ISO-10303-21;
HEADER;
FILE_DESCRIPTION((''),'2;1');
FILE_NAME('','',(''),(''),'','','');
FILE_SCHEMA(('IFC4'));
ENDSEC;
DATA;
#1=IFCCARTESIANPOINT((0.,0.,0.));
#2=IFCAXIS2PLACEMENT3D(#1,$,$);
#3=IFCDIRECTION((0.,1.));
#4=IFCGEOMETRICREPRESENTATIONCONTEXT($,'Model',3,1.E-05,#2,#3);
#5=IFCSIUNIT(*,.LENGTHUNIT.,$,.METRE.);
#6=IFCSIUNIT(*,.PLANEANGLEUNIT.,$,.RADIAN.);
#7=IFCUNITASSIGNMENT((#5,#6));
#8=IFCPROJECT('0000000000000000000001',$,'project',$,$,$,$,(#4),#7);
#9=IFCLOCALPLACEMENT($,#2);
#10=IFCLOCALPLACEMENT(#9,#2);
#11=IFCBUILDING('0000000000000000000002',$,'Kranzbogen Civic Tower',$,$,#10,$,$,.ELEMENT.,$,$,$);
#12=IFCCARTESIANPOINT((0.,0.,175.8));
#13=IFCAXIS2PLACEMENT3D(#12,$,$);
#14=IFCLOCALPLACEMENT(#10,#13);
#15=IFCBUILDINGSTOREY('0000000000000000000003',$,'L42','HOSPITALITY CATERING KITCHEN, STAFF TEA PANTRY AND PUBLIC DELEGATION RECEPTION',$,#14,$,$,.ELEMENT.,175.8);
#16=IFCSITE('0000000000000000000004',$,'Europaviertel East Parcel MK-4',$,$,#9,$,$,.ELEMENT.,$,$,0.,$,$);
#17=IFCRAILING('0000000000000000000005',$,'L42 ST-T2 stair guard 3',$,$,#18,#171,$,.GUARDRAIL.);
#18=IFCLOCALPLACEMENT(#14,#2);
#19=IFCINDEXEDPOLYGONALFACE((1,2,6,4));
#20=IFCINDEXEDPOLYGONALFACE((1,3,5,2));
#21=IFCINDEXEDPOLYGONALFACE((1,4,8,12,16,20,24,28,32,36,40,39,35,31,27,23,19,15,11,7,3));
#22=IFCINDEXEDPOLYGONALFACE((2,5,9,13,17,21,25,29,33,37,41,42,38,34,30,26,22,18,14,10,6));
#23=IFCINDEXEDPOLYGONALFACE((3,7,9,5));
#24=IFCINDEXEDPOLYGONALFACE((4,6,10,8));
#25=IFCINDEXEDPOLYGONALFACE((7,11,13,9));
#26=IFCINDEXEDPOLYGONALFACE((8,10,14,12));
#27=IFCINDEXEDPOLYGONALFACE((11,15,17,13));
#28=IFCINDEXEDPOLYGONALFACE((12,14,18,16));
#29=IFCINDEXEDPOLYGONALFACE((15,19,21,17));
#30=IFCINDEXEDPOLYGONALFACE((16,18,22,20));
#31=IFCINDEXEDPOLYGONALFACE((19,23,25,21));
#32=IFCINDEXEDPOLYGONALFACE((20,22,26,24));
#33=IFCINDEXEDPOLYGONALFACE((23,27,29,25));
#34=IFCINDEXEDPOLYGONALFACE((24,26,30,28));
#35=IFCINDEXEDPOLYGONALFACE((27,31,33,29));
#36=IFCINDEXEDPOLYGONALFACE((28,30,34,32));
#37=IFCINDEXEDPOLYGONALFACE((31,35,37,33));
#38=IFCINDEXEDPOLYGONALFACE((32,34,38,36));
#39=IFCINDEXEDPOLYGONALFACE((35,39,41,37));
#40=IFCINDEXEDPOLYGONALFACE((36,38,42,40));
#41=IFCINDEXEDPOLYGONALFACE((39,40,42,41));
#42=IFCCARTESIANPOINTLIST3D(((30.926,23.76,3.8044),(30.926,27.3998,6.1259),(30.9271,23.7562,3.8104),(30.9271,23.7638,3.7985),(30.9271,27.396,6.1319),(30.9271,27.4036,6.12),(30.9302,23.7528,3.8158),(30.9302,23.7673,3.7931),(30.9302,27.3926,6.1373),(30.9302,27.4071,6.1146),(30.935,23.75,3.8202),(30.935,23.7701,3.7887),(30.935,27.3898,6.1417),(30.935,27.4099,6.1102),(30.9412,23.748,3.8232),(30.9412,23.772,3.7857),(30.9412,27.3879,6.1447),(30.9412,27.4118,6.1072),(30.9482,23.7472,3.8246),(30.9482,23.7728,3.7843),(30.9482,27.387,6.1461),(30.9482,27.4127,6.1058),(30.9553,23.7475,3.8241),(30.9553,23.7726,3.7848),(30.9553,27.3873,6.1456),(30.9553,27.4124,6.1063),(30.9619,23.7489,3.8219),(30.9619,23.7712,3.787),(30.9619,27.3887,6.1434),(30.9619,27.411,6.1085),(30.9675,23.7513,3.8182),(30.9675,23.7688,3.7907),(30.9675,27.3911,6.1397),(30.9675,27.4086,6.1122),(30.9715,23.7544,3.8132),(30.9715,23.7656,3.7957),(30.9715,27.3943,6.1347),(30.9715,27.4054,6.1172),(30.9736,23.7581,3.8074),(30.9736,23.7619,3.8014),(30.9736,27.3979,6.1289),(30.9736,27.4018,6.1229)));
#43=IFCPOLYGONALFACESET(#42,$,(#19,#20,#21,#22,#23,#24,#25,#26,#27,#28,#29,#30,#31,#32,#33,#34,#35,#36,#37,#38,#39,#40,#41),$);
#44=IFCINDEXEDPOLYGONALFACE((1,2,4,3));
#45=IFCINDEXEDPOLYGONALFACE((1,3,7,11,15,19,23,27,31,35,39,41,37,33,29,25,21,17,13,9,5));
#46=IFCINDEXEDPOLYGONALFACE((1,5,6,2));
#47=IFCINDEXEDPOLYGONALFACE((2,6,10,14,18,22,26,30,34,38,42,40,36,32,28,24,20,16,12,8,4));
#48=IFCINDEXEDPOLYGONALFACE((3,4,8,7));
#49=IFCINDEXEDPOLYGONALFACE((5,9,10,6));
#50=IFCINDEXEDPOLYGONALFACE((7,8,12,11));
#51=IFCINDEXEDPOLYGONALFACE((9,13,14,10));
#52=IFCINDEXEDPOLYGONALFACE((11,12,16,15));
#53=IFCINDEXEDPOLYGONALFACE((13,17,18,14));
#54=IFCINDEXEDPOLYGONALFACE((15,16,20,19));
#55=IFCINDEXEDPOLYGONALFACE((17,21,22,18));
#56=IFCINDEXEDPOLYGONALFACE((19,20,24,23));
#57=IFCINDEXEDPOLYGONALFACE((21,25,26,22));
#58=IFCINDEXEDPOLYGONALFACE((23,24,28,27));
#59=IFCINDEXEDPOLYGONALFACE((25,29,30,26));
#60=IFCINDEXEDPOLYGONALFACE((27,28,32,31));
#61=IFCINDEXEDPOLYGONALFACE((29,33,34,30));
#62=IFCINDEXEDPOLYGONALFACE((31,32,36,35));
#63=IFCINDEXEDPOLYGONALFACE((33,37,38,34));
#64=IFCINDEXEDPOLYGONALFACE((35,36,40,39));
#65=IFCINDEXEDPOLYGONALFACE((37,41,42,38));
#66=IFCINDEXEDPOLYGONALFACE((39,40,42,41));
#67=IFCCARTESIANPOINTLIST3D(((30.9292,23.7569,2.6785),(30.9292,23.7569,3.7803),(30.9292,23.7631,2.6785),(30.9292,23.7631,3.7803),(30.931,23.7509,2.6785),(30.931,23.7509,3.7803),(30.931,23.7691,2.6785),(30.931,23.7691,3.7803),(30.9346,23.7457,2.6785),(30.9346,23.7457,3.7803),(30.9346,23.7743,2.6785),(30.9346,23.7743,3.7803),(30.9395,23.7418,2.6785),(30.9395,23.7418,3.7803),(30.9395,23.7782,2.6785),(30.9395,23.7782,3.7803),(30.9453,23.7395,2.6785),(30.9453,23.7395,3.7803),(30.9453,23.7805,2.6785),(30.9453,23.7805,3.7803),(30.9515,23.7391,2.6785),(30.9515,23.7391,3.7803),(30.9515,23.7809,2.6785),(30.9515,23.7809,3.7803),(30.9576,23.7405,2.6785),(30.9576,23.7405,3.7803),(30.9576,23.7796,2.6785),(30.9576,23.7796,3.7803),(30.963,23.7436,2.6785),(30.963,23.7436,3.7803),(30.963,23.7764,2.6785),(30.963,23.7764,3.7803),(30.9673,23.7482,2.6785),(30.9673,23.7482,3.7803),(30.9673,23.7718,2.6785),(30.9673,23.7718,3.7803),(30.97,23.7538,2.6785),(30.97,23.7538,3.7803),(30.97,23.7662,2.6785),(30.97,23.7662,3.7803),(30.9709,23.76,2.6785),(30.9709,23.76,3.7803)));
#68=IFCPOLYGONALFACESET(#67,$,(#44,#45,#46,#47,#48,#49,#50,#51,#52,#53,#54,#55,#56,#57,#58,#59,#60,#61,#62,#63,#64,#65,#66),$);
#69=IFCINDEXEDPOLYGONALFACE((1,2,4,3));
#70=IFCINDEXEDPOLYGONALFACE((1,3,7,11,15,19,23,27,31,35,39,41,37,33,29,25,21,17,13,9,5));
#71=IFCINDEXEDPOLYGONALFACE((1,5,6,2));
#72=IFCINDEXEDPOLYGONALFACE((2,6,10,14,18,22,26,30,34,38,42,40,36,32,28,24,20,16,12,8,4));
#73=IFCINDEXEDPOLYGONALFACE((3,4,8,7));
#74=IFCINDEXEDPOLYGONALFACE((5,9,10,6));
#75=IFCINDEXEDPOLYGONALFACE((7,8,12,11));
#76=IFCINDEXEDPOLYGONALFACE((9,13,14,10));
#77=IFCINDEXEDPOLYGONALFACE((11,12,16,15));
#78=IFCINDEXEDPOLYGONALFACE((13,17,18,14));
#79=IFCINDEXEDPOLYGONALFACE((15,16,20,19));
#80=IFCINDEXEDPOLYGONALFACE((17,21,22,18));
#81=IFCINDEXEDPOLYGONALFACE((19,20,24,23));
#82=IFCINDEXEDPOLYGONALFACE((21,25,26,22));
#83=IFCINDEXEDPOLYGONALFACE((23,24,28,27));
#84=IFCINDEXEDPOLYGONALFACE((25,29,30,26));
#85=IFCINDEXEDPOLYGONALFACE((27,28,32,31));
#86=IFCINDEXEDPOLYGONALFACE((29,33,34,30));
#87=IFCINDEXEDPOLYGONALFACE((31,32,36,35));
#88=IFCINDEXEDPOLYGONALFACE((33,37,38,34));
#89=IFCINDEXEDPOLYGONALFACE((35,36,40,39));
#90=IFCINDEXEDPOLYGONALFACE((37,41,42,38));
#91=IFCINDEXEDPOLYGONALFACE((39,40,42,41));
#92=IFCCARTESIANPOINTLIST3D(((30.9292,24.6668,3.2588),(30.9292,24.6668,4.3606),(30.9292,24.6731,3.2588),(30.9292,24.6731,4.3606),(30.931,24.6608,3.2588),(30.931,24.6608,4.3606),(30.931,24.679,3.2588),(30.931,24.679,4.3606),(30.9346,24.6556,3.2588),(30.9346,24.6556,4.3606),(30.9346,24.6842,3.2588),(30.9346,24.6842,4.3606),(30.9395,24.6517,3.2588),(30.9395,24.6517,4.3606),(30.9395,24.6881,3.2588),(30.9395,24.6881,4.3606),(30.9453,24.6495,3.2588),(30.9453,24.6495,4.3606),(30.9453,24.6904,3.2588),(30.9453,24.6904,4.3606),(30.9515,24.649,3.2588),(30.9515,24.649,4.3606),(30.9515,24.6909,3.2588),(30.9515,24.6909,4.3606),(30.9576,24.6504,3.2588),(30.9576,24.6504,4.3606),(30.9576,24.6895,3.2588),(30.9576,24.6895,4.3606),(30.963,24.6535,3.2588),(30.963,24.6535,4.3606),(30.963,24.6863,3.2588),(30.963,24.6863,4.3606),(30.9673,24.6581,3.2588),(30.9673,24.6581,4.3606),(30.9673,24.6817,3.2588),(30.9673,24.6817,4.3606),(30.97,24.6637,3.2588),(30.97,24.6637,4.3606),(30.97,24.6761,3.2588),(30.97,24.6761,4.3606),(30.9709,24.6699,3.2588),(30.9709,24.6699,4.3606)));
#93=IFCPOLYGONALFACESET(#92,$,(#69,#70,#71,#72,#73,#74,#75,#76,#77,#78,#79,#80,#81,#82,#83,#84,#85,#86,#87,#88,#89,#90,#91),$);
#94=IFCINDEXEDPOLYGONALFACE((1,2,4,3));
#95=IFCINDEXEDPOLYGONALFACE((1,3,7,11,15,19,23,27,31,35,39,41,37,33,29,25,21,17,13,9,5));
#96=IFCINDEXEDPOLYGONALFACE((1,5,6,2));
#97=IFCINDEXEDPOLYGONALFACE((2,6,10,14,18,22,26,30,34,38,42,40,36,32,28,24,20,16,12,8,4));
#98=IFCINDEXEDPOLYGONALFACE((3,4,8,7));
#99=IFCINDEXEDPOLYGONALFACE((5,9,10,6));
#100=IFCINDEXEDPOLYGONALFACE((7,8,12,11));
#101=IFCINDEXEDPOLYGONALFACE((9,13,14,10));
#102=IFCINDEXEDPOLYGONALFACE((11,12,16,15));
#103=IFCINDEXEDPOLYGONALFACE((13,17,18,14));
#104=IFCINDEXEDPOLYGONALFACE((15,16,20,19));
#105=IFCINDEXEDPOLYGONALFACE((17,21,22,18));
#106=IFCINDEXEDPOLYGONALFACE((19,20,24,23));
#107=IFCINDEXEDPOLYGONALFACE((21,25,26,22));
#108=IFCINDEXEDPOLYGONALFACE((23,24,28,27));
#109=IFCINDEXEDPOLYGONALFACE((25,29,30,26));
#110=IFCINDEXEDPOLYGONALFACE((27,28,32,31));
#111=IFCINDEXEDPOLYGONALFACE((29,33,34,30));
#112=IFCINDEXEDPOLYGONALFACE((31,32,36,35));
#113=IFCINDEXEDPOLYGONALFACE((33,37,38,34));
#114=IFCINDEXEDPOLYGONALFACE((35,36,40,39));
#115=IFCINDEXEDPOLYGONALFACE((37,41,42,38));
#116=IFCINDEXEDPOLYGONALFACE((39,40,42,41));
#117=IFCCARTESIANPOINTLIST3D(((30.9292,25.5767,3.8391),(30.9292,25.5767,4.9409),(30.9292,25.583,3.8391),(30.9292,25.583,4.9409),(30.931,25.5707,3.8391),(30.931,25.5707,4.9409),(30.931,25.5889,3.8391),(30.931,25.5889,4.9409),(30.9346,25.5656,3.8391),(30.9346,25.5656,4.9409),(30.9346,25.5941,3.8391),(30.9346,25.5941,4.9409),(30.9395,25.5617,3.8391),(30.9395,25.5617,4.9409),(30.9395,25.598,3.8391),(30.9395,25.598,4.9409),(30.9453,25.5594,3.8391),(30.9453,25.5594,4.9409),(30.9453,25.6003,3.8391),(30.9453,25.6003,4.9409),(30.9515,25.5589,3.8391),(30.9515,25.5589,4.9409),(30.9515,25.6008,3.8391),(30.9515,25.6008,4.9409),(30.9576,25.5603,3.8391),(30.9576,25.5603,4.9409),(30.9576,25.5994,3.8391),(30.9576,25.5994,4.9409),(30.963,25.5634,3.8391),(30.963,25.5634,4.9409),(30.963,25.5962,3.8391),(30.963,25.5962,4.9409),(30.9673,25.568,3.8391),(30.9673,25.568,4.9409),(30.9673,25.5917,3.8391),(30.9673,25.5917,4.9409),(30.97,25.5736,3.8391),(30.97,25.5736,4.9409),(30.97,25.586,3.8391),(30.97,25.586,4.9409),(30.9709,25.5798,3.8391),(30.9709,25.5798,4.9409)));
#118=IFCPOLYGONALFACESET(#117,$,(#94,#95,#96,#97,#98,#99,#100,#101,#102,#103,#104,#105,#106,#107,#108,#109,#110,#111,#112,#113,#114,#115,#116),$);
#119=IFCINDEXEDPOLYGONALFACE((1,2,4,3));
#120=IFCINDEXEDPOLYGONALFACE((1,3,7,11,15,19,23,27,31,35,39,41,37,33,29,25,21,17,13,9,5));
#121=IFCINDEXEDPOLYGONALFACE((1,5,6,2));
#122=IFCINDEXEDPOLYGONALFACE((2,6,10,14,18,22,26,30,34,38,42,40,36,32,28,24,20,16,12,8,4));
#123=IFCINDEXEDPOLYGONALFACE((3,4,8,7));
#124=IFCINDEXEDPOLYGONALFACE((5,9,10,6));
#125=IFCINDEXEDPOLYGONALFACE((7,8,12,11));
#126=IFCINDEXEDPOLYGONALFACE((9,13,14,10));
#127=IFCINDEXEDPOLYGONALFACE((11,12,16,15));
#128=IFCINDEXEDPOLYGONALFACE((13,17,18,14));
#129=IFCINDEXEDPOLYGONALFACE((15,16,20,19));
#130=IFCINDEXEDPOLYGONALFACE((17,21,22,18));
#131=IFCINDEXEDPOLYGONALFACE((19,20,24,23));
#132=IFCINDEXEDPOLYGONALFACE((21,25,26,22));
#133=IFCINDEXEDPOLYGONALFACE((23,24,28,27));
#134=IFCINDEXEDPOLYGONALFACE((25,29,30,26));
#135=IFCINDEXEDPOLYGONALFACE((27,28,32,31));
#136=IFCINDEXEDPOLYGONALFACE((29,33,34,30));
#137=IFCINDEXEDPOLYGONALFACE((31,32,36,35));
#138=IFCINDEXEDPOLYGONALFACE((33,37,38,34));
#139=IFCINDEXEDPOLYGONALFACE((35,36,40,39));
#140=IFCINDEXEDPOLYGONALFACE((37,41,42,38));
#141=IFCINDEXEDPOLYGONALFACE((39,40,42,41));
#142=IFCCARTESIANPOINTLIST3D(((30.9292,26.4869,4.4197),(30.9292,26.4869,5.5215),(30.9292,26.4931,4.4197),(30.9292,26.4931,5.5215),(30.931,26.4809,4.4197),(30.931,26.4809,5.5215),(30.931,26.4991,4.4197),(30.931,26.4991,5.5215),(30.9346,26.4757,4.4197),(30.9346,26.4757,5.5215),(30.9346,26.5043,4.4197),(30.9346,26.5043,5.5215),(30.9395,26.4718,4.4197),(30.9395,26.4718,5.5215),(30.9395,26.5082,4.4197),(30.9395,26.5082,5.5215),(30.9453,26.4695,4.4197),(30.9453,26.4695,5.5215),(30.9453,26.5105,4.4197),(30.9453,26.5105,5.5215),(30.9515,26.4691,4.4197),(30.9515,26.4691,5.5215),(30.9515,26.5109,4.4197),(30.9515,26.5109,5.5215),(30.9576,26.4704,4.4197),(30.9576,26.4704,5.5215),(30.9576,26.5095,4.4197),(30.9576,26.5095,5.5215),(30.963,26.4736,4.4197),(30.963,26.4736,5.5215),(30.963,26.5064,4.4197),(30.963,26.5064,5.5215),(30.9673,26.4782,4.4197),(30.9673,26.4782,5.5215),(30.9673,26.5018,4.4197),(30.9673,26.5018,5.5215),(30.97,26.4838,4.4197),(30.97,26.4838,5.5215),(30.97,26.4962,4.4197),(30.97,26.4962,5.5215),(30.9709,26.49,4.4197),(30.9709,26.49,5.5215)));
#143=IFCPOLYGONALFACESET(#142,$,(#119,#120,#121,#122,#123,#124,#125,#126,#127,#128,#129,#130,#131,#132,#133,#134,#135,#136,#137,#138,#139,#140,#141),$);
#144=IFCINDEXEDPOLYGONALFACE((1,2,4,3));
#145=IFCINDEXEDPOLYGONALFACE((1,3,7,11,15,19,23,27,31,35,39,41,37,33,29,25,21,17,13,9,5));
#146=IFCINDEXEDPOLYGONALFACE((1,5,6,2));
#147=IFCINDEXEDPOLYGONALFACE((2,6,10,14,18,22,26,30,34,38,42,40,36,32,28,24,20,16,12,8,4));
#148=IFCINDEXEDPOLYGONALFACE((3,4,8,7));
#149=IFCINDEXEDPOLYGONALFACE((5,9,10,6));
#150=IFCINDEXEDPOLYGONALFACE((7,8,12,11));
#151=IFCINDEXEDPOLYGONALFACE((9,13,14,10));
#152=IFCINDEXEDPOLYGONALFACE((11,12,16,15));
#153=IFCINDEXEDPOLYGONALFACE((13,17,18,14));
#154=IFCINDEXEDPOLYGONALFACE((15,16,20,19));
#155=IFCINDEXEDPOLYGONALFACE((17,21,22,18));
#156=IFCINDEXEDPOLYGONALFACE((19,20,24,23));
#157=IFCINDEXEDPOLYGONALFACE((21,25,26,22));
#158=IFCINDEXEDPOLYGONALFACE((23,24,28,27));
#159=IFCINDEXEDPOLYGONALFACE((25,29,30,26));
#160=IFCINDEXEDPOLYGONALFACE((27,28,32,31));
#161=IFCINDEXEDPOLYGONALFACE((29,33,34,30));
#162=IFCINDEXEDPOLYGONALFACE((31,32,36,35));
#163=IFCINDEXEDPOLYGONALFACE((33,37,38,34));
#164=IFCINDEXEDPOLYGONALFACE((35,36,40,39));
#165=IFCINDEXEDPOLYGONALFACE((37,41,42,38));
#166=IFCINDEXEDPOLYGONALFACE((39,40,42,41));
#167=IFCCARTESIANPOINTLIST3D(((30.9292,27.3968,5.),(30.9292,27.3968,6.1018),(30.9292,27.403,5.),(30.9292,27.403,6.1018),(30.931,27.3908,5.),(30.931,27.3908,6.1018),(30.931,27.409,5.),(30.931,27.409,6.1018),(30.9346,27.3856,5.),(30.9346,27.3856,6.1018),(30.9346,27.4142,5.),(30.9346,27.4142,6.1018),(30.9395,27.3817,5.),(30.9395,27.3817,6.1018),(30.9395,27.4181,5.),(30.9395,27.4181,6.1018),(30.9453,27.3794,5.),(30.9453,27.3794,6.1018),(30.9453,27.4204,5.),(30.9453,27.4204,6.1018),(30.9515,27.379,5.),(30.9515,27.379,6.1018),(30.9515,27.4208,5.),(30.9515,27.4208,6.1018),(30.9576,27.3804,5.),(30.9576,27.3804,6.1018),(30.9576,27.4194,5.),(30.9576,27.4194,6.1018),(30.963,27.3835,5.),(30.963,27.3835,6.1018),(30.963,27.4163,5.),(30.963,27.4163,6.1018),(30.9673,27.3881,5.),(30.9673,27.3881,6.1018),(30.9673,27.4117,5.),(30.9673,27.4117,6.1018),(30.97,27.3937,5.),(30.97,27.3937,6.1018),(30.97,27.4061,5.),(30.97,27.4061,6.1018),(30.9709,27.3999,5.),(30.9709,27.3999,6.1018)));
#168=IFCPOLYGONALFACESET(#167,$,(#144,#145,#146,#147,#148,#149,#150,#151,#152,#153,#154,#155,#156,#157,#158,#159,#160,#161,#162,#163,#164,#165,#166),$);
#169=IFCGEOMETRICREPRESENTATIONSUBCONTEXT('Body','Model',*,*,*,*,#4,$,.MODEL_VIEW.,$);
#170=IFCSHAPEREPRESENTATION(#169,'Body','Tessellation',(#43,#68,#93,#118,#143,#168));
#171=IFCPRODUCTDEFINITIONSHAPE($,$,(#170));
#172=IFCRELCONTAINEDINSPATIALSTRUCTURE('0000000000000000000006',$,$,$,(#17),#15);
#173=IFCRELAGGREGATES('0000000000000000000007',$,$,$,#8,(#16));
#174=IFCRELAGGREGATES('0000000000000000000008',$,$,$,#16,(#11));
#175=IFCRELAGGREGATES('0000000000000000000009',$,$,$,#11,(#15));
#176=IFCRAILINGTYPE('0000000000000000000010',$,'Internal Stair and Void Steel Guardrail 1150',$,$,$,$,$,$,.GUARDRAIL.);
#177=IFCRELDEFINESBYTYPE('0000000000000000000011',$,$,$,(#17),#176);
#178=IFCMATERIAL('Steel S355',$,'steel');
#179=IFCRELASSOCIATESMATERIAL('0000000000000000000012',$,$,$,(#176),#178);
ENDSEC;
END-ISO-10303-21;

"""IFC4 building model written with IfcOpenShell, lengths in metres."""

from ifc_helpers import new_model, si_unit, direction, frame, origin, origin_2d, place, context, subcontext, project, spatial, circle, extrude, material, type_object, element, save


model = new_model("IFC4")

# Units and contexts
model_context = context("Model", 3, precision=1e-05, world=origin(), true_north=direction((0.0, 1.0)))
body_context = subcontext(model_context, "Body", "Model", "MODEL_VIEW")
ifc_project = project(units=[si_unit("LENGTHUNIT", "METRE"), si_unit("PLANEANGLEUNIT", "RADIAN")], contexts=[model_context])

# Site, building, storey
site_placement = place(None, origin())
site = spatial("IfcSite", under=ifc_project, at=site_placement, Name="Europaviertel East Parcel MK-4", CompositionType="ELEMENT", RefElevation=0.0)
building_placement = place(site_placement, origin())
building = spatial("IfcBuilding", under=site, at=building_placement, Name="Kranzbogen Civic Tower", CompositionType="ELEMENT")
storey_placement = place(building_placement, frame((0.0, 0.0, 175.8)))
storey = spatial("IfcBuildingStorey", under=building, at=storey_placement, Name="L42", Description="HOSPITALITY CATERING KITCHEN, STAFF TEA PANTRY AND PUBLIC DELEGATION RECEPTION", CompositionType="ELEMENT", Elevation=175.8)

# Shared definitions
ifc_material_1 = material(Name="Steel S355", Category="steel")

# Railing
railing_type_1 = type_object("IfcRailingType", Name="Internal Stair and Void Steel Guardrail 1150", PredefinedType="GUARDRAIL", material=ifc_material_1)
railing_1_placement = place(storey_placement, frame((30.95, 23.76, 2.6785)))
element("IfcRailing", 1, at=railing_1_placement, inside=storey, type_object=railing_type_1, Name="L42 ST-T2 stair guard 3", PredefinedType="GUARDRAIL", context=body_context, shape_type="SweptSolid", body=[
    extrude(circle(Radius=0.0239, at=origin_2d()), frame((0.0, 0.0, 1.126), z_axis=(0.0, 0.843112, 0.537739), x_axis=(-1.0, 0.0, 0.0)), (0.0, 0.0, 1.0), 4.3171),
    extrude(circle(Radius=0.021, at=origin_2d()), origin(), (0.0, 0.0, 1.0), 1.1018),
    extrude(circle(Radius=0.021, at=origin_2d()), frame((0.0, 0.9099, 0.5803)), (0.0, 0.0, 1.0), 1.1018),
    extrude(circle(Radius=0.021, at=origin_2d()), frame((0.0, 1.8198, 1.1606)), (0.0, 0.0, 1.0), 1.1018),
    extrude(circle(Radius=0.021, at=origin_2d()), frame((0.0, 2.73, 1.7412)), (0.0, 0.0, 1.0), 1.1018),
    extrude(circle(Radius=0.021, at=origin_2d()), frame((0.0, 3.6399, 2.3215)), (0.0, 0.0, 1.0), 1.1018),
])

save(model, "model.ifc")
